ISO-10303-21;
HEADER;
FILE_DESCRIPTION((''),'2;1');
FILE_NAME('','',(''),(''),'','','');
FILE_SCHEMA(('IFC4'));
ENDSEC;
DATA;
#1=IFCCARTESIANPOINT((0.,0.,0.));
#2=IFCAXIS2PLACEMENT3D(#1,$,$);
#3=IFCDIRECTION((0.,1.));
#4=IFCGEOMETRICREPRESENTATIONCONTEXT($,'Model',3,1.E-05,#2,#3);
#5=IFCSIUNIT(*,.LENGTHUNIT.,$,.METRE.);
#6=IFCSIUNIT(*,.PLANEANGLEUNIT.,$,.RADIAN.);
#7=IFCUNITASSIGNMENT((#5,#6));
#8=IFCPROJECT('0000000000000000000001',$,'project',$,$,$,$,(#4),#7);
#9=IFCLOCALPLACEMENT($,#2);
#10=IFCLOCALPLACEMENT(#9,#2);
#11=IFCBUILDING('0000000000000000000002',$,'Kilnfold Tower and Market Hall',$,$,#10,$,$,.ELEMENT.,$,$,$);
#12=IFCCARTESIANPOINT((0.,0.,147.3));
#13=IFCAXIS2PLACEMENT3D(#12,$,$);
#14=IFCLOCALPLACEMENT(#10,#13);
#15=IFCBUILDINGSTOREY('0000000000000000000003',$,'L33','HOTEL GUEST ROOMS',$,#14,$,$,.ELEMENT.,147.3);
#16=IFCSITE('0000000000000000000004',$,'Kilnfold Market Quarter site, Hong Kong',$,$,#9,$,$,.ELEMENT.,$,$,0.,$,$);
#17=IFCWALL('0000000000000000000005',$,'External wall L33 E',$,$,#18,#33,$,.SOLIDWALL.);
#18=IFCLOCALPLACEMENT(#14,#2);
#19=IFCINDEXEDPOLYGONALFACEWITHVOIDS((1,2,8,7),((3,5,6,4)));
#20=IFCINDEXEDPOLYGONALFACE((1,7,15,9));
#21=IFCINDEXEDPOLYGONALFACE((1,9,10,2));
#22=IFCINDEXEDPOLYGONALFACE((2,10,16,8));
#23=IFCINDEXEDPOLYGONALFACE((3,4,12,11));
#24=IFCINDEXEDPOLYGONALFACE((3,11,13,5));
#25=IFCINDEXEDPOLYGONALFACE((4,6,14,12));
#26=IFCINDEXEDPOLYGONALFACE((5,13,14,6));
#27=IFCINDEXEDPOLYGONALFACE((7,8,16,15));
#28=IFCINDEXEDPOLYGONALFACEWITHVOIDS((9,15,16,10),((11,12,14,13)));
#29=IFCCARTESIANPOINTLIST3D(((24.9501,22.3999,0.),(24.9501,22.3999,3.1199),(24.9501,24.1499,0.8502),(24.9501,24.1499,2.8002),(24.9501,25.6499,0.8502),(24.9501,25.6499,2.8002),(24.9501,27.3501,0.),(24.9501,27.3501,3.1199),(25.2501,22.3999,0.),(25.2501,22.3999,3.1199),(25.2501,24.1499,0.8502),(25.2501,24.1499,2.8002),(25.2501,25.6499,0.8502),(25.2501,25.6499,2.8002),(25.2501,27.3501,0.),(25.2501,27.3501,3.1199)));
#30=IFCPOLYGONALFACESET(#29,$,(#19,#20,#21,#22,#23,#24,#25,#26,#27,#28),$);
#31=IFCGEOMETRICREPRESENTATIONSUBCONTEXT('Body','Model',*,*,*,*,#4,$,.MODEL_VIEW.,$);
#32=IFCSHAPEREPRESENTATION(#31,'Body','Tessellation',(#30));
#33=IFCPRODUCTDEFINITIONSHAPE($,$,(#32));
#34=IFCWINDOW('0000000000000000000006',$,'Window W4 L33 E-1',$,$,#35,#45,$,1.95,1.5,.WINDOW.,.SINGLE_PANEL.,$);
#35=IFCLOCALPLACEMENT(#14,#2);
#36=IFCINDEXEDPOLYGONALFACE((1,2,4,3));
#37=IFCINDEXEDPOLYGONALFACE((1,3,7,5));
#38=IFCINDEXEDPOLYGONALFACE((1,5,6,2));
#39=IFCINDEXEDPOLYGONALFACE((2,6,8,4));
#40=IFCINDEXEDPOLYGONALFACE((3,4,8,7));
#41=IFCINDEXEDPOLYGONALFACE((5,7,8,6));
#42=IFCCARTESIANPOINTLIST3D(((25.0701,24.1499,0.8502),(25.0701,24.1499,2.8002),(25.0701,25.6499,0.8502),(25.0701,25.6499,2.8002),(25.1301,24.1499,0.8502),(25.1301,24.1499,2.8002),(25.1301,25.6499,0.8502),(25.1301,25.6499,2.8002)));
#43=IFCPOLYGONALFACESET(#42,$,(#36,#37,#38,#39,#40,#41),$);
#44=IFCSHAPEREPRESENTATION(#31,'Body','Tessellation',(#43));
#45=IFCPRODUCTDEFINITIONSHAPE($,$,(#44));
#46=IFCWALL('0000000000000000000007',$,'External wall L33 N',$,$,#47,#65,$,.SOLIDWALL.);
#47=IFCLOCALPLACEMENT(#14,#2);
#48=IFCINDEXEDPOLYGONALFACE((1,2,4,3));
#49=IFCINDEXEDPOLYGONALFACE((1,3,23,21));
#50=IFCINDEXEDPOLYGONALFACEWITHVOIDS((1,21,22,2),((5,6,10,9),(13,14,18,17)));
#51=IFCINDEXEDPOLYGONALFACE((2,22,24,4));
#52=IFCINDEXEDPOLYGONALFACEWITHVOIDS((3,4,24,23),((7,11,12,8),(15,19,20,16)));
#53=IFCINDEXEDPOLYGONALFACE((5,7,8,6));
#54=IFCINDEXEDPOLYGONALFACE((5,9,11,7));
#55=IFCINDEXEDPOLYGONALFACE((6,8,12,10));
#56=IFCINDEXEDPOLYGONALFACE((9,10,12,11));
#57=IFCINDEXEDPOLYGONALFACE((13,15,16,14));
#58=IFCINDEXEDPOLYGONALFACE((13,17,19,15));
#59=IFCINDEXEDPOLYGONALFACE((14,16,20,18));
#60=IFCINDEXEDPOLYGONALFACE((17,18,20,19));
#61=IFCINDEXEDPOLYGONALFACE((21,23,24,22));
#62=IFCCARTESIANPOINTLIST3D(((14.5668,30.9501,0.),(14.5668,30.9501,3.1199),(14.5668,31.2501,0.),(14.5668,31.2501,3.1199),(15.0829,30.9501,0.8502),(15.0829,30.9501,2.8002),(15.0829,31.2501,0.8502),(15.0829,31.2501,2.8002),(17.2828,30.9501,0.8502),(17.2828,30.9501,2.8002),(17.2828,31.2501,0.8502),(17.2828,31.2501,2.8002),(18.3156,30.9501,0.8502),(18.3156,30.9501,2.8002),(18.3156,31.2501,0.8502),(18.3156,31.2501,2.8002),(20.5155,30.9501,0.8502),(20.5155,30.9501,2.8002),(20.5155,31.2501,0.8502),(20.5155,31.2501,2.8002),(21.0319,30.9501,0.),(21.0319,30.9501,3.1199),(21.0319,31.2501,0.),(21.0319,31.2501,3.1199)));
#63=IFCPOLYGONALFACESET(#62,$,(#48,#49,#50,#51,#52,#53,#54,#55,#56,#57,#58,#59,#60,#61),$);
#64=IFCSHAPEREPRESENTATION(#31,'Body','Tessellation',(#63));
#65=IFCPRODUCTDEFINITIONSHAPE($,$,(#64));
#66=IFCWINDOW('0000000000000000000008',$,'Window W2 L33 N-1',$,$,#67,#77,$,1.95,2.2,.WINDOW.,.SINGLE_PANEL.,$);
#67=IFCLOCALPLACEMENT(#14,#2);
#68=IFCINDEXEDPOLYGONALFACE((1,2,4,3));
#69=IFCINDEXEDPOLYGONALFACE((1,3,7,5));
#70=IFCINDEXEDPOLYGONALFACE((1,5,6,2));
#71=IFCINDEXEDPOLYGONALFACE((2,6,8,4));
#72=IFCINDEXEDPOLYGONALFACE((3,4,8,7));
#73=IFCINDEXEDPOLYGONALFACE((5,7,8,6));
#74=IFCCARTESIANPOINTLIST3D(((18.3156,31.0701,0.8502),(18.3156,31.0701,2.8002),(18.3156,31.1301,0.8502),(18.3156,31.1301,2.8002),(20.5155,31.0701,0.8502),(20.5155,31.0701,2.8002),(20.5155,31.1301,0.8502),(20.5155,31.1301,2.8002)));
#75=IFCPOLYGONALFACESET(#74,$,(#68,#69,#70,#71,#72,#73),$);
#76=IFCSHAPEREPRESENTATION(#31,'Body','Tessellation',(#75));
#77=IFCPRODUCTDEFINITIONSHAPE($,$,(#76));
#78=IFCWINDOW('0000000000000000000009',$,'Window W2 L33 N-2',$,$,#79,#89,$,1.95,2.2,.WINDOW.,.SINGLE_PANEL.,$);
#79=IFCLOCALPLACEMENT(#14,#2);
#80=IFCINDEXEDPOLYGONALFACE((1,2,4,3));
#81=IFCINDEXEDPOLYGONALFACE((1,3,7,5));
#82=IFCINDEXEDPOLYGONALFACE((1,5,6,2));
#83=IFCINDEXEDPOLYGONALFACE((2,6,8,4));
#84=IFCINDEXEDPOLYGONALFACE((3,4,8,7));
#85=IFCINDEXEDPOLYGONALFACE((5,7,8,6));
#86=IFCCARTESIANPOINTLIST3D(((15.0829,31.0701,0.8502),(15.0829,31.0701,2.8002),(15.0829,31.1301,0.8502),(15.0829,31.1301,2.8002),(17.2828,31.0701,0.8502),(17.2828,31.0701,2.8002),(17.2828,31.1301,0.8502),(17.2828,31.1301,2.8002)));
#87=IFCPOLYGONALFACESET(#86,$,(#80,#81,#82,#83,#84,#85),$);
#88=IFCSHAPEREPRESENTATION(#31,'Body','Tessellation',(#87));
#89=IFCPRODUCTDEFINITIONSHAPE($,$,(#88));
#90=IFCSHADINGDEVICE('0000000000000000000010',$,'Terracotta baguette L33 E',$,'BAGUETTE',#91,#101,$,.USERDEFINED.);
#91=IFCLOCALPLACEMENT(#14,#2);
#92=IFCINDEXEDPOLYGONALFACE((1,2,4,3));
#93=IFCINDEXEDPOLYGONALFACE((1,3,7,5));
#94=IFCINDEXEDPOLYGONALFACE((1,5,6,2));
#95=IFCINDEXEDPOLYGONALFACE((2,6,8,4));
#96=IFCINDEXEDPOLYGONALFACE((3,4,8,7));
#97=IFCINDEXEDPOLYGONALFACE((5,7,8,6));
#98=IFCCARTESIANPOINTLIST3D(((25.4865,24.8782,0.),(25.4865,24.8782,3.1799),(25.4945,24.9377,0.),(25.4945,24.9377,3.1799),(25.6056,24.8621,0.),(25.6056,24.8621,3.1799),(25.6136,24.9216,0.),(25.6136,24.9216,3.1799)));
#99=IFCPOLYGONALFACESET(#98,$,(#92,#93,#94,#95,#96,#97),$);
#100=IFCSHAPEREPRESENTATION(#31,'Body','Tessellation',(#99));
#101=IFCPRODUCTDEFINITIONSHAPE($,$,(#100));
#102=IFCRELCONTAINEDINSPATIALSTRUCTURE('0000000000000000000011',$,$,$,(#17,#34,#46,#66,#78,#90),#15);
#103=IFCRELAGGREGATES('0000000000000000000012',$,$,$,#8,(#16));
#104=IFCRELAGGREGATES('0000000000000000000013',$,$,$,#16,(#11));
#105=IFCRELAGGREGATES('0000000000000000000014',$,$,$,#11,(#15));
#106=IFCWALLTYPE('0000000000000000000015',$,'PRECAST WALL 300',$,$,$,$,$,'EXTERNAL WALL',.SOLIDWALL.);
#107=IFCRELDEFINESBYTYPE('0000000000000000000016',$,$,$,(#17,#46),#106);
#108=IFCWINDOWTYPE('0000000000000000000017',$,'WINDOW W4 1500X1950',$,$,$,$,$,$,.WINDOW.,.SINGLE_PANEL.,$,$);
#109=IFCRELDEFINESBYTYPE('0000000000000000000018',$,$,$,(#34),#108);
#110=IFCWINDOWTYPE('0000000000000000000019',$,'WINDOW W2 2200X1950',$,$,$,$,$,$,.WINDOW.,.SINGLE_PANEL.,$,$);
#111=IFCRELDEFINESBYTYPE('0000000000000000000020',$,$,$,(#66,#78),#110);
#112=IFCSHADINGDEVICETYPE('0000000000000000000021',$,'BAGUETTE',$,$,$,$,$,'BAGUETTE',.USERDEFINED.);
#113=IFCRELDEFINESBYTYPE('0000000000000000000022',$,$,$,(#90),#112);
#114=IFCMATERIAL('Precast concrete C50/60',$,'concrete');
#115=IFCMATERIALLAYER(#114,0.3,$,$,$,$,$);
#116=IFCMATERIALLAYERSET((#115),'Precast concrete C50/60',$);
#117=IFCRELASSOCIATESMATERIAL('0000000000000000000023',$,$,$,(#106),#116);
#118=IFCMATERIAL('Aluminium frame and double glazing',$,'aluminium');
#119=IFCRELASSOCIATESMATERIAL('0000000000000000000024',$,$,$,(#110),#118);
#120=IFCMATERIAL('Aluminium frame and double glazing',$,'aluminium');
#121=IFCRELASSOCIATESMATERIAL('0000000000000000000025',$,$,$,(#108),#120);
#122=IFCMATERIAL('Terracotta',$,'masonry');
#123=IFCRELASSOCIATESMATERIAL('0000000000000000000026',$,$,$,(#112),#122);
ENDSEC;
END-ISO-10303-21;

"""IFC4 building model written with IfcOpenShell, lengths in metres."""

from ifc_helpers import new_model, si_unit, direction, frame, frame_2d, origin, origin_2d, place, context, subcontext, project, spatial, rectangle, extrude, source, transform, mapped, material, layer, layer_set, material_profile, profile_set, type_object, element, fill, save


model = new_model("IFC4")

# Units and contexts
model_context = context("Model", 3, precision=1e-05, world=origin(), true_north=direction((0.0, 1.0)))
body_context = subcontext(model_context, "Body", "Model", "MODEL_VIEW")
ifc_project = project(units=[si_unit("LENGTHUNIT", "METRE"), si_unit("PLANEANGLEUNIT", "RADIAN")], contexts=[model_context])

# Site, building, storey
site_placement = place(None, origin())
site = spatial("IfcSite", under=ifc_project, at=site_placement, Name="Kilnfold Market Quarter site, Hong Kong", CompositionType="ELEMENT", RefElevation=0.0)
building_placement = place(site_placement, origin())
building = spatial("IfcBuilding", under=site, at=building_placement, Name="Kilnfold Tower and Market Hall", CompositionType="ELEMENT")
storey_placement = place(building_placement, frame((0.0, 0.0, 147.3)))
storey = spatial("IfcBuildingStorey", under=building, at=storey_placement, Name="L33", Description="HOTEL GUEST ROOMS", CompositionType="ELEMENT", Elevation=147.3)

# Wall, opening, window
ifc_material_1 = material(Name="Precast concrete C50/60", Category="concrete")
ifc_layer_1 = layer(ifc_material_1, 0.3)
ifc_layer_set_1 = layer_set([ifc_layer_1], Name="Precast concrete C50/60")
wall_type_1 = type_object("IfcWallType", Name="PRECAST WALL 300", ElementType="EXTERNAL WALL", PredefinedType="SOLIDWALL", material=ifc_layer_set_1)
ifc_material_2 = material(Name="Aluminium frame and double glazing", Category="aluminium")
window_type_1 = type_object("IfcWindowType", Name="WINDOW W2 2200X1950", PartitioningType="SINGLE_PANEL", PredefinedType="WINDOW", material=ifc_material_2)
shared_shape_1 = source(origin(), body_context, "Body", "SweptSolid", [
    extrude(rectangle(XDim=4.9502, YDim=0.3, at=frame_2d((2.4751, 0.0))), origin(), (0.0, 0.0, 1.0), 3.1199),
])
wall_1_placement = place(storey_placement, frame((25.1001, 22.3999, 0.0), z_axis=(0.0, 0.0, 1.0), x_axis=(0.0, 1.0, 0.0)))
wall_1 = element("IfcWall", 1, at=wall_1_placement, inside=storey, type_object=wall_type_1, Name="External wall L33 E", PredefinedType="SOLIDWALL", context=body_context, shape_type="MappedRepresentation", body=[
    mapped(shared_shape_1, transform((0.0, 0.0, 0.0))),
])
opening_1_placement = place(wall_1_placement, frame((1.75, 0.0, 0.8501)))
opening_1 = element("IfcOpeningElement", 2, at=opening_1_placement, cuts=wall_1, PredefinedType="OPENING", context=body_context, shape_type="SweptSolid", body=[
    extrude(rectangle(XDim=1.5, YDim=1.95, at=frame_2d((0.75, 0.9751))), frame((0.0, 0.1602, 0.0), z_axis=(0.0, -1.0, 0.0), x_axis=(1.0, 0.0, 0.0)), (0.0, 0.0, 1.0), 0.3201),
])
ifc_material_3 = material(Name="Aluminium frame and double glazing", Category="aluminium")
window_type_2 = type_object("IfcWindowType", Name="WINDOW W4 1500X1950", PartitioningType="SINGLE_PANEL", PredefinedType="WINDOW", material=ifc_material_3)
window_1_placement = place(opening_1_placement, origin())
window_1 = element("IfcWindow", 3, at=window_1_placement, inside=storey, type_object=window_type_2, Name="Window W4 L33 E-1", OverallHeight=1.95, OverallWidth=1.5, PartitioningType="SINGLE_PANEL", PredefinedType="WINDOW", context=body_context, shape_type="SweptSolid", body=[
    extrude(rectangle(XDim=1.5, YDim=1.95, at=frame_2d((0.75, 0.9751))), frame((0.0, 0.03, 0.0), z_axis=(0.0, -1.0, 0.0), x_axis=(1.0, 0.0, 0.0)), (0.0, 0.0, 1.0), 0.0601),
])
fill(opening_1, window_1)

# Wall, openings, windows
shared_shape_2 = source(origin(), body_context, "Body", "SweptSolid", [
    extrude(rectangle(XDim=6.4651, YDim=0.3, at=frame_2d((3.2324, 0.0))), origin(), (0.0, 0.0, 1.0), 3.1199),
])
wall_2_placement = place(storey_placement, frame((21.0317, 31.1001, 0.0), z_axis=(0.0, 0.0, 1.0), x_axis=(-1.0, 0.0, 0.0)))
wall_2 = element("IfcWall", 4, at=wall_2_placement, inside=storey, type_object=wall_type_1, Name="External wall L33 N", PredefinedType="SOLIDWALL", context=body_context, shape_type="MappedRepresentation", body=[
    mapped(shared_shape_2, transform((0.0, 0.0, 0.0))),
])
opening_2_placement = place(wall_2_placement, frame((0.5161, 0.0, 0.8501)))
opening_2 = element("IfcOpeningElement", 5, at=opening_2_placement, cuts=wall_2, PredefinedType="OPENING", context=body_context, shape_type="SweptSolid", body=[
    extrude(rectangle(XDim=2.2, YDim=1.95, at=frame_2d((1.1001, 0.9751))), frame((0.0, 0.1602, 0.0), z_axis=(0.0, -1.0, 0.0), x_axis=(1.0, 0.0, 0.0)), (0.0, 0.0, 1.0), 0.3201),
])
opening_3_placement = place(wall_2_placement, frame((3.7488, 0.0, 0.8501)))
opening_3 = element("IfcOpeningElement", 6, at=opening_3_placement, cuts=wall_2, PredefinedType="OPENING", context=body_context, shape_type="SweptSolid", body=[
    extrude(rectangle(XDim=2.2, YDim=1.95, at=frame_2d((1.1001, 0.9751))), frame((0.0, 0.1602, 0.0), z_axis=(0.0, -1.0, 0.0), x_axis=(1.0, 0.0, 0.0)), (0.0, 0.0, 1.0), 0.3201),
])
window_2_placement = place(opening_2_placement, origin())
window_2 = element("IfcWindow", 7, at=window_2_placement, inside=storey, type_object=window_type_1, Name="Window W2 L33 N-1", OverallHeight=1.95, OverallWidth=2.2, PartitioningType="SINGLE_PANEL", PredefinedType="WINDOW", context=body_context, shape_type="SweptSolid", body=[
    extrude(rectangle(XDim=2.2, YDim=1.95, at=frame_2d((1.1001, 0.9751))), frame((0.0, 0.03, 0.0), z_axis=(0.0, -1.0, 0.0), x_axis=(1.0, 0.0, 0.0)), (0.0, 0.0, 1.0), 0.0601),
])
fill(opening_2, window_2)
window_3_placement = place(opening_3_placement, origin())
window_3 = element("IfcWindow", 8, at=window_3_placement, inside=storey, type_object=window_type_1, Name="Window W2 L33 N-2", OverallHeight=1.95, OverallWidth=2.2, PartitioningType="SINGLE_PANEL", PredefinedType="WINDOW", context=body_context, shape_type="SweptSolid", body=[
    extrude(rectangle(XDim=2.2, YDim=1.95, at=frame_2d((1.1001, 0.9751))), frame((0.0, 0.03, 0.0), z_axis=(0.0, -1.0, 0.0), x_axis=(1.0, 0.0, 0.0)), (0.0, 0.0, 1.0), 0.0601),
])
fill(opening_3, window_3)

# Shading device
ifc_material_4 = material(Name="Terracotta", Category="masonry")
ifc_material_profile_1 = material_profile(ifc_material_4, rectangle(XDim=0.0601, YDim=0.1201, at=origin_2d()), Name="BAG 60x120")
ifc_profile_set_1 = profile_set([ifc_material_profile_1], Name="Terracotta")
shading_device_type = type_object("IfcShadingDeviceType", Name="BAGUETTE", ElementType="BAGUETTE", PredefinedType="USERDEFINED", material=ifc_profile_set_1)
shared_shape_3 = source(origin(), body_context, "Body", "SweptSolid", [
    extrude(rectangle(XDim=0.0601, YDim=0.1201, at=origin_2d()), origin(), (0.0, 0.0, 1.0), 3.1799),
])
shading_device_placement = place(storey_placement, frame((25.55, 24.8999, 0.0), z_axis=(0.0, 0.0, 1.0), x_axis=(0.133677, 0.991025, 0.0)))
element("IfcShadingDevice", 9, at=shading_device_placement, inside=storey, type_object=shading_device_type, Name="Terracotta baguette L33 E", ObjectType="BAGUETTE", PredefinedType="USERDEFINED", context=body_context, shape_type="MappedRepresentation", body=[
    mapped(shared_shape_3, transform((0.0, 0.0, 0.0))),
])

save(model, "model.ifc")
